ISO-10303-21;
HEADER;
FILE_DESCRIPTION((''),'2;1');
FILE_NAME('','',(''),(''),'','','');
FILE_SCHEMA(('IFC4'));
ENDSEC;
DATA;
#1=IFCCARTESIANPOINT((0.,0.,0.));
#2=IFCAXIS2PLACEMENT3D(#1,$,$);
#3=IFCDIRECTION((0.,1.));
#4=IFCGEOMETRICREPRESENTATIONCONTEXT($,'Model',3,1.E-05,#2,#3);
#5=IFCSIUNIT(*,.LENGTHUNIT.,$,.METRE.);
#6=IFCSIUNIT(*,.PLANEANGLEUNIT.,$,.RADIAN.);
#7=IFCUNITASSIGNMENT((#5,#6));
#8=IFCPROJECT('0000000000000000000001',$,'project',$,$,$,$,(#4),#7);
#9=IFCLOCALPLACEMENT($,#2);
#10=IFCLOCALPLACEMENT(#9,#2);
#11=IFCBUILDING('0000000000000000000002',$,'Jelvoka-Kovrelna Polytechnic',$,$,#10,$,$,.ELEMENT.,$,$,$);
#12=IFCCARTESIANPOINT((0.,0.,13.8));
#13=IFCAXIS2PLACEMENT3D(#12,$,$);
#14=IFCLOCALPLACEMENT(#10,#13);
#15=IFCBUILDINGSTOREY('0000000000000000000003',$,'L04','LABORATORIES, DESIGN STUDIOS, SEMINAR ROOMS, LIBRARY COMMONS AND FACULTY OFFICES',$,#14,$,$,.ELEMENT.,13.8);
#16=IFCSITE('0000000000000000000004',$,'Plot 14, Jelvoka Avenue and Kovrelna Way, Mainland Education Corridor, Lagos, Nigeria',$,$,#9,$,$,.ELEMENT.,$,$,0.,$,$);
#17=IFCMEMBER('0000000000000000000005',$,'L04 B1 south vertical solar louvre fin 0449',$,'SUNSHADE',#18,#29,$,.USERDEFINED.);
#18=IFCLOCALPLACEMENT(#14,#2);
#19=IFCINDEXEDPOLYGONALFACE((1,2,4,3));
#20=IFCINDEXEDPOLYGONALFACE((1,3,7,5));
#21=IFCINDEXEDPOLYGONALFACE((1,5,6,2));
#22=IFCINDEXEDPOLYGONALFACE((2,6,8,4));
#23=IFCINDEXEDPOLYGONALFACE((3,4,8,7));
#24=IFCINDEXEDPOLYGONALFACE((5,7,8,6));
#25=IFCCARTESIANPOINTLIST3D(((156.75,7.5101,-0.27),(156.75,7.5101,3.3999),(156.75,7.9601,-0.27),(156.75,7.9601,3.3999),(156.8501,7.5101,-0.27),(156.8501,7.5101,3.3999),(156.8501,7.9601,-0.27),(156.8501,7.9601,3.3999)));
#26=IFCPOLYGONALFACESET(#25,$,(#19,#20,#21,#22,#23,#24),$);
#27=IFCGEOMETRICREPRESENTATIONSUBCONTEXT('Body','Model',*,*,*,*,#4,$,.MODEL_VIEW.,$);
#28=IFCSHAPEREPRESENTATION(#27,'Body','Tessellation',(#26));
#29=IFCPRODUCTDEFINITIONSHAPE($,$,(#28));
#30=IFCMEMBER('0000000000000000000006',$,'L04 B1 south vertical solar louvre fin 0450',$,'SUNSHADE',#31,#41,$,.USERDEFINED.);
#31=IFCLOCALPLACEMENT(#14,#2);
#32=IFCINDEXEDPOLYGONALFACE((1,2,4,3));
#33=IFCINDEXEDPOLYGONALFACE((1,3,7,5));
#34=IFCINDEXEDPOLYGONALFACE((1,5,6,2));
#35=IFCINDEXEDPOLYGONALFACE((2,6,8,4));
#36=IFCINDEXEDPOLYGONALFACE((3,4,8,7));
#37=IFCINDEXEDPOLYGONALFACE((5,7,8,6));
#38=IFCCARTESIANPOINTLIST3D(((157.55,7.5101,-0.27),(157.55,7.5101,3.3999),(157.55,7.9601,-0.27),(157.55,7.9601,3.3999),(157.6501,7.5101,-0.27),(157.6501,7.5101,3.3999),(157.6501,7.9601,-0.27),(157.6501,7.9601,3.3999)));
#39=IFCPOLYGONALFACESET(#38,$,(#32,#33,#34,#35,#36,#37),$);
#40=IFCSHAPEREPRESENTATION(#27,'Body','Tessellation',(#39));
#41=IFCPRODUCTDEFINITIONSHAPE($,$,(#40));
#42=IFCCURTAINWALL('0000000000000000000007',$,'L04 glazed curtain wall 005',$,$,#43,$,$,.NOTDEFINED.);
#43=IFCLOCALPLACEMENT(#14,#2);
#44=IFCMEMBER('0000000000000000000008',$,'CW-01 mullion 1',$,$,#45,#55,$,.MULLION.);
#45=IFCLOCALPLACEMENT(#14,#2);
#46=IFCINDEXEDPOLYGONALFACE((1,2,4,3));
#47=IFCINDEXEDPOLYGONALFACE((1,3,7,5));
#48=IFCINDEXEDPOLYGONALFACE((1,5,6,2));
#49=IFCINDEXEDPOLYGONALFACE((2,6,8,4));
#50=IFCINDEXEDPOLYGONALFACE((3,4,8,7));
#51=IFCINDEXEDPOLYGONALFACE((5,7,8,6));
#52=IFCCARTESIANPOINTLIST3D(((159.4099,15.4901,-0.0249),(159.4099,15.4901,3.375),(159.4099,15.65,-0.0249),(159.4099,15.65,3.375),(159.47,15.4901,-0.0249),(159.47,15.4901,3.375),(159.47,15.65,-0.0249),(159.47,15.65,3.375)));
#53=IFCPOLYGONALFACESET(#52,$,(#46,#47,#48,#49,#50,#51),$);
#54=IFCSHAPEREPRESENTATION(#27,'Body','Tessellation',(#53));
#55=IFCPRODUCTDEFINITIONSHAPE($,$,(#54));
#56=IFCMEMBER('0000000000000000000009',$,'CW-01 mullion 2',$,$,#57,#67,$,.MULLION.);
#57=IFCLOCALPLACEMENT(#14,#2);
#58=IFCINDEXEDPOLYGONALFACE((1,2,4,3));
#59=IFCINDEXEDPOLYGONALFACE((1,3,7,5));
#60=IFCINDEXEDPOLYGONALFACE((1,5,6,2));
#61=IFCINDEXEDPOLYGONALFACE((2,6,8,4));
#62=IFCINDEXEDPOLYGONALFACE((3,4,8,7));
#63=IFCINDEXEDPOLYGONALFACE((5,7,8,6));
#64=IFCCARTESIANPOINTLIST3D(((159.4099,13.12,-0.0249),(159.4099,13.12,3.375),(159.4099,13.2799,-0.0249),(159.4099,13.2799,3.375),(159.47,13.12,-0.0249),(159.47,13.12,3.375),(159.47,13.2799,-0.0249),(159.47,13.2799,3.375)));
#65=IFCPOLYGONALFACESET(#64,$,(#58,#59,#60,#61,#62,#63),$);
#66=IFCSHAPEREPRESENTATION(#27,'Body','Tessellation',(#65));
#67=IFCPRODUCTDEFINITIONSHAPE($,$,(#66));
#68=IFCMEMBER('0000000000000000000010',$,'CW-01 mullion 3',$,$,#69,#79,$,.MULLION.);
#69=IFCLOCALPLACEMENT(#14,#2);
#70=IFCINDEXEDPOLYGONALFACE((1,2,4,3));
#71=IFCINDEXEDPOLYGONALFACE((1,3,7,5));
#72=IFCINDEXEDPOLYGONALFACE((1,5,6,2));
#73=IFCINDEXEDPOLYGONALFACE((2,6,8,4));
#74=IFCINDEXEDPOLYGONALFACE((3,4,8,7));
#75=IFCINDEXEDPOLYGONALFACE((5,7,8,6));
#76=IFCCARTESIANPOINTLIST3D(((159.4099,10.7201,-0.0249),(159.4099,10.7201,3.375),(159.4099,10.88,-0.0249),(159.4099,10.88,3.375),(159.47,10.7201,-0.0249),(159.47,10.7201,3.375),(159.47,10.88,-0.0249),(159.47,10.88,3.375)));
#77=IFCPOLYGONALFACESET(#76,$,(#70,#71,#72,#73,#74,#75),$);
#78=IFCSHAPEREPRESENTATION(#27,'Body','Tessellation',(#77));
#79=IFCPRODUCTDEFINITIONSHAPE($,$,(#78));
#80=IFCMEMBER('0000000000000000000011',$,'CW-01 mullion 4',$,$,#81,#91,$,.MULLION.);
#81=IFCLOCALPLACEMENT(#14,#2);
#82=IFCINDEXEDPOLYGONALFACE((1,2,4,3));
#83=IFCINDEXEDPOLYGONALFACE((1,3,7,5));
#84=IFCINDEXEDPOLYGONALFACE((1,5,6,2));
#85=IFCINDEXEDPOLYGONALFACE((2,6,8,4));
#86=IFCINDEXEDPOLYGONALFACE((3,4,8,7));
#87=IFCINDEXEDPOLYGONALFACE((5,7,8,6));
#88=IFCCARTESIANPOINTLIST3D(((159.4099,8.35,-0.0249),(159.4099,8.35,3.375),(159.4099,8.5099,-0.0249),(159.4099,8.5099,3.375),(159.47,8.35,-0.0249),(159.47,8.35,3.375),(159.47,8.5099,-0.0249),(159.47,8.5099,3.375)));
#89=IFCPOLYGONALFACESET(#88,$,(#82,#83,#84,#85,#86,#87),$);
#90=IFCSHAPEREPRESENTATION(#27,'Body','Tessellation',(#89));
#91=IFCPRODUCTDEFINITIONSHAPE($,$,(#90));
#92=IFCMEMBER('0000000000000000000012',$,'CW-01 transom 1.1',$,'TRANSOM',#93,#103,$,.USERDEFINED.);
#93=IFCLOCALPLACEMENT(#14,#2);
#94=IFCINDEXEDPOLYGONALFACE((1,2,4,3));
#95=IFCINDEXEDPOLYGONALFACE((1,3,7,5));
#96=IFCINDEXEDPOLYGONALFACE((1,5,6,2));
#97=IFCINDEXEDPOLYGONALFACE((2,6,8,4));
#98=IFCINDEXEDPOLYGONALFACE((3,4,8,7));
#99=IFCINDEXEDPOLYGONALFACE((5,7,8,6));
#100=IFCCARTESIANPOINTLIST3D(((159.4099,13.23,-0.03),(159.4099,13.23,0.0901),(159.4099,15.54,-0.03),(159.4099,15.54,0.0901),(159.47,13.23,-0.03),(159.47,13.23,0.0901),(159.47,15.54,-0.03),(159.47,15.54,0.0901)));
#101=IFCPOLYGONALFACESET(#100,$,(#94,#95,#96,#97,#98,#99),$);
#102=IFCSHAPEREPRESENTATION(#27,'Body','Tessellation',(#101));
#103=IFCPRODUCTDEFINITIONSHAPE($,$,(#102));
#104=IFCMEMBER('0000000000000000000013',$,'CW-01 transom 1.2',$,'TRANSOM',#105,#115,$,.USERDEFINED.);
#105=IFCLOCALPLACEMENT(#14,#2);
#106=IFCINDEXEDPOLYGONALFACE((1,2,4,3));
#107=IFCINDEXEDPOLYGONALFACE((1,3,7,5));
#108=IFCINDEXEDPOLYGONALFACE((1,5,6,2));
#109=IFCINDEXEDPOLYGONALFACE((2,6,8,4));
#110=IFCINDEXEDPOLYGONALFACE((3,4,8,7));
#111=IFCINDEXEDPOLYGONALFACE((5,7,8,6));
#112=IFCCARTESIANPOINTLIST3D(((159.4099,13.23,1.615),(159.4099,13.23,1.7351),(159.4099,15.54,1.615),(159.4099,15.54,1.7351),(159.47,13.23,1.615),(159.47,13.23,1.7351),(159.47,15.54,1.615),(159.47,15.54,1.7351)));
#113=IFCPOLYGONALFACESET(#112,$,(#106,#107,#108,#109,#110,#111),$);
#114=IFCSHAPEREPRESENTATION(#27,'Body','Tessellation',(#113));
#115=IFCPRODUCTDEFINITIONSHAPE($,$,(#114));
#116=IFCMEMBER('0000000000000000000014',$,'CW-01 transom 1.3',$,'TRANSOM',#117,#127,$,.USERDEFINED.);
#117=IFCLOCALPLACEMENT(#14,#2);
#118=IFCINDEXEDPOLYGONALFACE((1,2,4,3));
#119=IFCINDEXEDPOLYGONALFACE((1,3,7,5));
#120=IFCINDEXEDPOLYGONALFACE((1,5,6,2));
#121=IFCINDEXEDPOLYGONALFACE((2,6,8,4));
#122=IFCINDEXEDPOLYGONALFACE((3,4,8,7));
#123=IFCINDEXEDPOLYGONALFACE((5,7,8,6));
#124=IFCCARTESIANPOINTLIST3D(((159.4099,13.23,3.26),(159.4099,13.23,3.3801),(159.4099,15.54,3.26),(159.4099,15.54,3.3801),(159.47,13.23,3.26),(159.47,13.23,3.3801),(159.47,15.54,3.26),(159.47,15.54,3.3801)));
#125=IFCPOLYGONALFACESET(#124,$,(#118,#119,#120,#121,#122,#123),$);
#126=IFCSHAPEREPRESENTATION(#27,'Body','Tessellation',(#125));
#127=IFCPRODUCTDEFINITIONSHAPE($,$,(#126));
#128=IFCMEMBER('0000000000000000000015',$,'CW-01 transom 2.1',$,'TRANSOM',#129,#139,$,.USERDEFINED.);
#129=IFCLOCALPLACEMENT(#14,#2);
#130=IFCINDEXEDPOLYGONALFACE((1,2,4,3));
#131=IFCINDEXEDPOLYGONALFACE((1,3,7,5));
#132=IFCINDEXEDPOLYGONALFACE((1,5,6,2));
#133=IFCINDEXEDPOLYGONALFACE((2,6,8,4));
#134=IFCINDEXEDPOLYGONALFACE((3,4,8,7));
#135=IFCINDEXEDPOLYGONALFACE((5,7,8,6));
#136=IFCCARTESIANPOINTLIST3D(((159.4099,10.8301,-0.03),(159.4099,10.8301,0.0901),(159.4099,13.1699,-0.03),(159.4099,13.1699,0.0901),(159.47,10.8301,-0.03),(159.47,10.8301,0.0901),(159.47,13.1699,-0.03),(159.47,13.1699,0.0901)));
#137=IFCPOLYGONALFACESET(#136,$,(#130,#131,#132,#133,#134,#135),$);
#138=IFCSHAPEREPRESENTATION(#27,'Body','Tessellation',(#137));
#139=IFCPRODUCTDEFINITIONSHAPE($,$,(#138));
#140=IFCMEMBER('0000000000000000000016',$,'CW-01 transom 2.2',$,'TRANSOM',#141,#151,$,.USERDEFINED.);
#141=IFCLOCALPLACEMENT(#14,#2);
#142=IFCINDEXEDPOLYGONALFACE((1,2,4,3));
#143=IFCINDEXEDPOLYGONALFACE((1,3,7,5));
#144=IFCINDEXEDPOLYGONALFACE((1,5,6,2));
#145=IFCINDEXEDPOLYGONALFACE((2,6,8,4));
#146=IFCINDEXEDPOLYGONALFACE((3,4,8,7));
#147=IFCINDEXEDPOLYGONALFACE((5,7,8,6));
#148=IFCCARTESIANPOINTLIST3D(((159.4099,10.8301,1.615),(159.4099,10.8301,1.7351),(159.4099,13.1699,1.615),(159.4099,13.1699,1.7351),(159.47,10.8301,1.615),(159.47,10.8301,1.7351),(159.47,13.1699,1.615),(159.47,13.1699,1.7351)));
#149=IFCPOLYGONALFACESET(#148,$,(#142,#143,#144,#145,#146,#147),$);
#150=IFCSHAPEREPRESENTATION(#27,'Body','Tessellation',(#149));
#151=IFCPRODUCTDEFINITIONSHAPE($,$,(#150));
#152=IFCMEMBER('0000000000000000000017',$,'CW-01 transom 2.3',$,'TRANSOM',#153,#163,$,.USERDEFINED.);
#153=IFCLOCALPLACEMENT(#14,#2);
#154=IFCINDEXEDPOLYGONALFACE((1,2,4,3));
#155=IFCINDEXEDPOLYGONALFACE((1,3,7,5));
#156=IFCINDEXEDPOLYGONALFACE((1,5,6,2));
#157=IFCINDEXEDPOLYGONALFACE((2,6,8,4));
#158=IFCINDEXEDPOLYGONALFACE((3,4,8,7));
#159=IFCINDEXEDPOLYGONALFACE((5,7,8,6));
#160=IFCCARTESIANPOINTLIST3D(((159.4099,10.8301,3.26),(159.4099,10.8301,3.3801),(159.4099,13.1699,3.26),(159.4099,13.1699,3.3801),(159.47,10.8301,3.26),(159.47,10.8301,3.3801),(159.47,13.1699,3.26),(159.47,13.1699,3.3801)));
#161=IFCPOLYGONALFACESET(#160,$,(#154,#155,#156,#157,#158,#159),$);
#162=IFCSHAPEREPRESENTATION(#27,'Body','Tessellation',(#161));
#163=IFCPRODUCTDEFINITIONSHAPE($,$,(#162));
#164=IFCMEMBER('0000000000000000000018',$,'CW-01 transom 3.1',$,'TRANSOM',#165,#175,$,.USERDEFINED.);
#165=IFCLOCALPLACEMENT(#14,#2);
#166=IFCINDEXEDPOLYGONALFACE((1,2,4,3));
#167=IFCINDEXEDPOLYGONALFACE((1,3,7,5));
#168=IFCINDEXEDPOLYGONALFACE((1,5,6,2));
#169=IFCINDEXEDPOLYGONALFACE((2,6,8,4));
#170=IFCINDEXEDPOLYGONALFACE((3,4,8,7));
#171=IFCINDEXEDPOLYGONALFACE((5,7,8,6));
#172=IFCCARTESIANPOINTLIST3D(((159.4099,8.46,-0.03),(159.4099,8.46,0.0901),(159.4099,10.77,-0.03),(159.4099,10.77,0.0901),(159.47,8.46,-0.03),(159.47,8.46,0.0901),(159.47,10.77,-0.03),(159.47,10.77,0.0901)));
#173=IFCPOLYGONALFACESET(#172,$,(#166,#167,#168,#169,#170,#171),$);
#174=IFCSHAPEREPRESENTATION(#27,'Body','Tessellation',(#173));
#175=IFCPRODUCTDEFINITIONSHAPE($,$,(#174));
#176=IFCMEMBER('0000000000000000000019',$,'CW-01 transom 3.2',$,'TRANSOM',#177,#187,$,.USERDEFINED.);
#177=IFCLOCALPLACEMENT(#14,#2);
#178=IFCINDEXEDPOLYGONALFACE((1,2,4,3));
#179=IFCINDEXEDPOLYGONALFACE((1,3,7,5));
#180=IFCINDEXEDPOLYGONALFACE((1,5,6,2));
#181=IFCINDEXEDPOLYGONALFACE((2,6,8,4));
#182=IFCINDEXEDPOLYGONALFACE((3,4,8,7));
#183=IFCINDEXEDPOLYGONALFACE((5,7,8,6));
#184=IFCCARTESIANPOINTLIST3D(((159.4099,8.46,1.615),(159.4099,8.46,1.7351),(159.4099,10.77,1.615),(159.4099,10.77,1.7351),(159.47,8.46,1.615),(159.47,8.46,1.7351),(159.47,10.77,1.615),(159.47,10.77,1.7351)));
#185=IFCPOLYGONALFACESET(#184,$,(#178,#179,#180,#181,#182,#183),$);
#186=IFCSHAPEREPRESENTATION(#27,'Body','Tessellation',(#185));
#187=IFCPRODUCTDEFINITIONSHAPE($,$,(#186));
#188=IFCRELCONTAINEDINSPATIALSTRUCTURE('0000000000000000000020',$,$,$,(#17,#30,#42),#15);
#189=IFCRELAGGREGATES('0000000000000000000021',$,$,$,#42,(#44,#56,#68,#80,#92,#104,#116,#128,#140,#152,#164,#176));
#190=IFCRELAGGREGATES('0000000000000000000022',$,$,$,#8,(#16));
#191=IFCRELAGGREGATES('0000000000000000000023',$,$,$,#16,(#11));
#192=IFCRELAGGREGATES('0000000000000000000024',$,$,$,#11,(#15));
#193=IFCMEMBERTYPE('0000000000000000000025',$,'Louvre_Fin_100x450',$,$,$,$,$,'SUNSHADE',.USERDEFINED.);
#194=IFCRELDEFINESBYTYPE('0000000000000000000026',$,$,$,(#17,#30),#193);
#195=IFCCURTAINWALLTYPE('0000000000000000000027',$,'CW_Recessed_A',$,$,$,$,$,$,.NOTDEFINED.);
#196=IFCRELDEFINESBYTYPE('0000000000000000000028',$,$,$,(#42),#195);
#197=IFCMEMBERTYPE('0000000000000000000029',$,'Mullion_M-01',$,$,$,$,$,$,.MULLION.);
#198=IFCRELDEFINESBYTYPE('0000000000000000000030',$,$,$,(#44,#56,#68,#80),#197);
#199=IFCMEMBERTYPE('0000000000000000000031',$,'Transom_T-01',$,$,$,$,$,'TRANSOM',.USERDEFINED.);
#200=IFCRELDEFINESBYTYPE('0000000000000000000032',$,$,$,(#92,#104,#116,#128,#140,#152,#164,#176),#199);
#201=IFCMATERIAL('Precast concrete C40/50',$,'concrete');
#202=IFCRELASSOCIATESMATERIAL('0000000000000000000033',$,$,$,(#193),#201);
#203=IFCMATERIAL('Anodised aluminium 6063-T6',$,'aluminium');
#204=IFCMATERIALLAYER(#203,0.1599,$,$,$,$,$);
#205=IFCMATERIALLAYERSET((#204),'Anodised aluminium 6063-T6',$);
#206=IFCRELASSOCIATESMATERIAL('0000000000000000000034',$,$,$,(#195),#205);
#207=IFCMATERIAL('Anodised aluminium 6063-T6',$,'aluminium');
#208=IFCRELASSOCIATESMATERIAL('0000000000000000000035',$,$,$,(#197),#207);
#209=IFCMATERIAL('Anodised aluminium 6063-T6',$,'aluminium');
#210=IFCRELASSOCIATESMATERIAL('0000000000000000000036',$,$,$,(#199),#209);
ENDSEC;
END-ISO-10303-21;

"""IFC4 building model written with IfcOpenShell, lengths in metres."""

from ifc_helpers import new_model, si_unit, direction, frame, origin, origin_2d, place, context, subcontext, project, spatial, rectangle, extrude, material, layer, layer_set, material_profile, profile_set, type_object, element, aggregate, save


model = new_model("IFC4")

# Units and contexts
model_context = context("Model", 3, precision=1e-05, world=origin(), true_north=direction((0.0, 1.0)))
body_context = subcontext(model_context, "Body", "Model", "MODEL_VIEW")
ifc_project = project(units=[si_unit("LENGTHUNIT", "METRE"), si_unit("PLANEANGLEUNIT", "RADIAN")], contexts=[model_context])

# Site, building, storey
site_placement = place(None, origin())
site = spatial("IfcSite", under=ifc_project, at=site_placement, Name="Plot 14, Jelvoka Avenue and Kovrelna Way, Mainland Education Corridor, Lagos, Nigeria", CompositionType="ELEMENT", RefElevation=0.0)
building_placement = place(site_placement, origin())
building = spatial("IfcBuilding", under=site, at=building_placement, Name="Jelvoka-Kovrelna Polytechnic", CompositionType="ELEMENT")
storey_placement = place(building_placement, frame((0.0, 0.0, 13.8)))
storey = spatial("IfcBuildingStorey", under=building, at=storey_placement, Name="L04", Description="LABORATORIES, DESIGN STUDIOS, SEMINAR ROOMS, LIBRARY COMMONS AND FACULTY OFFICES", CompositionType="ELEMENT", Elevation=13.8)

# Members
ifc_material_1 = material(Name="Precast concrete C40/50", Category="concrete")
ifc_material_profile_1 = material_profile(ifc_material_1, rectangle(XDim=0.1001, YDim=0.45, at=origin_2d()), Name="PC 100x450")
ifc_profile_set_1 = profile_set([ifc_material_profile_1], Name="Precast concrete C40/50")
member_type_1 = type_object("IfcMemberType", Name="Louvre_Fin_100x450", ElementType="SUNSHADE", PredefinedType="USERDEFINED", material=ifc_profile_set_1)
for number, where, z_axis, x_axis, name in (
    (1, (156.8, 7.7351, -0.27), (0.0, 0.0, 1.0), (1.0, 0.0, 0.0), "L04 B1 south vertical solar louvre fin 0449"),
    (2, (157.6001, 7.7351, -0.27), (0.0, 0.0, 1.0), (1.0, 0.0, 0.0), "L04 B1 south vertical solar louvre fin 0450"),
):
    element("IfcMember", number, at=place(storey_placement, frame(where, z_axis=z_axis, x_axis=x_axis)), inside=storey, type_object=member_type_1, Name=name, ObjectType="SUNSHADE", PredefinedType="USERDEFINED", context=body_context, shape_type="SweptSolid", body=[
        extrude(rectangle(XDim=0.1001, YDim=0.45, at=origin_2d()), origin(), (0.0, 0.0, 1.0), 3.6699),
    ])

# Curtain wall, members
ifc_material_2 = material(Name="Anodised aluminium 6063-T6", Category="aluminium")
ifc_layer_1 = layer(ifc_material_2, 0.1599)
ifc_layer_set_1 = layer_set([ifc_layer_1], Name="Anodised aluminium 6063-T6")
curtain_wall_type = type_object("IfcCurtainWallType", Name="CW_Recessed_A", PredefinedType="NOTDEFINED", material=ifc_layer_set_1)
curtain_wall_placement = place(storey_placement, origin())
curtain_wall = element("IfcCurtainWall", 3, at=curtain_wall_placement, inside=storey, type_object=curtain_wall_type, Name="L04 glazed curtain wall 005", PredefinedType="NOTDEFINED")
ifc_material_3 = material(Name="Anodised aluminium 6063-T6", Category="aluminium")
ifc_material_profile_2 = material_profile(ifc_material_3, rectangle(XDim=0.0601, YDim=0.1599, at=origin_2d()), Name="ALU 60x160")
ifc_profile_set_2 = profile_set([ifc_material_profile_2], Name="Anodised aluminium 6063-T6")
member_type_2 = type_object("IfcMemberType", Name="Mullion_M-01", PredefinedType="MULLION", material=ifc_profile_set_2)
member_1_placement = place(storey_placement, frame((159.4399, 15.5701, -0.0249), z_axis=(0.0, 0.0, 1.0), x_axis=(1.0, 0.0, 0.0)))
member_1 = element("IfcMember", 4, at=member_1_placement, type_object=member_type_2, Name="CW-01 mullion 1", PredefinedType="MULLION", context=body_context, shape_type="SweptSolid", body=[
    extrude(rectangle(XDim=0.0601, YDim=0.1599, at=origin_2d()), origin(), (0.0, 0.0, 1.0), 3.3999),
])
member_2_placement = place(storey_placement, frame((159.4399, 13.2, -0.0249), z_axis=(0.0, 0.0, 1.0), x_axis=(1.0, 0.0, 0.0)))
member_2 = element("IfcMember", 5, at=member_2_placement, type_object=member_type_2, Name="CW-01 mullion 2", PredefinedType="MULLION", context=body_context, shape_type="SweptSolid", body=[
    extrude(rectangle(XDim=0.0601, YDim=0.1599, at=origin_2d()), origin(), (0.0, 0.0, 1.0), 3.3999),
])
member_3_placement = place(storey_placement, frame((159.4399, 10.8, -0.0249), z_axis=(0.0, 0.0, 1.0), x_axis=(1.0, 0.0, 0.0)))
member_3 = element("IfcMember", 6, at=member_3_placement, type_object=member_type_2, Name="CW-01 mullion 3", PredefinedType="MULLION", context=body_context, shape_type="SweptSolid", body=[
    extrude(rectangle(XDim=0.0601, YDim=0.1599, at=origin_2d()), origin(), (0.0, 0.0, 1.0), 3.3999),
])
member_4_placement = place(storey_placement, frame((159.4399, 8.4299, -0.0249), z_axis=(0.0, 0.0, 1.0), x_axis=(1.0, 0.0, 0.0)))
member_4 = element("IfcMember", 7, at=member_4_placement, type_object=member_type_2, Name="CW-01 mullion 4", PredefinedType="MULLION", context=body_context, shape_type="SweptSolid", body=[
    extrude(rectangle(XDim=0.0601, YDim=0.1599, at=origin_2d()), origin(), (0.0, 0.0, 1.0), 3.3999),
])
ifc_material_4 = material(Name="Anodised aluminium 6063-T6", Category="aluminium")
ifc_material_profile_3 = material_profile(ifc_material_4, rectangle(XDim=0.0601, YDim=0.1201, at=origin_2d()), Name="ALU 60x120")
ifc_profile_set_3 = profile_set([ifc_material_profile_3], Name="Anodised aluminium 6063-T6")
member_type_3 = type_object("IfcMemberType", Name="Transom_T-01", ElementType="TRANSOM", PredefinedType="USERDEFINED", material=ifc_profile_set_3)
member_5_placement = place(storey_placement, frame((159.4399, 15.54, 0.03), z_axis=(0.0, -1.0, 0.0), x_axis=(1.0, 0.0, 0.0)))
member_5 = element("IfcMember", 8, at=member_5_placement, type_object=member_type_3, Name="CW-01 transom 1.1", ObjectType="TRANSOM", PredefinedType="USERDEFINED", context=body_context, shape_type="SweptSolid", body=[
    extrude(rectangle(XDim=0.0601, YDim=0.1201, at=origin_2d()), origin(), (0.0, 0.0, 1.0), 2.3101),
])
member_6_placement = place(storey_placement, frame((159.4399, 15.54, 1.675), z_axis=(0.0, -1.0, 0.0), x_axis=(1.0, 0.0, 0.0)))
member_6 = element("IfcMember", 9, at=member_6_placement, type_object=member_type_3, Name="CW-01 transom 1.2", ObjectType="TRANSOM", PredefinedType="USERDEFINED", context=body_context, shape_type="SweptSolid", body=[
    extrude(rectangle(XDim=0.0601, YDim=0.1201, at=origin_2d()), origin(), (0.0, 0.0, 1.0), 2.3101),
])
member_7_placement = place(storey_placement, frame((159.4399, 15.54, 3.3201), z_axis=(0.0, -1.0, 0.0), x_axis=(1.0, 0.0, 0.0)))
member_7 = element("IfcMember", 10, at=member_7_placement, type_object=member_type_3, Name="CW-01 transom 1.3", ObjectType="TRANSOM", PredefinedType="USERDEFINED", context=body_context, shape_type="SweptSolid", body=[
    extrude(rectangle(XDim=0.0601, YDim=0.1201, at=origin_2d()), origin(), (0.0, 0.0, 1.0), 2.3101),
])
member_8_placement = place(storey_placement, frame((159.4399, 13.1699, 0.03), z_axis=(0.0, -1.0, 0.0), x_axis=(1.0, 0.0, 0.0)))
member_8 = element("IfcMember", 11, at=member_8_placement, type_object=member_type_3, Name="CW-01 transom 2.1", ObjectType="TRANSOM", PredefinedType="USERDEFINED", context=body_context, shape_type="SweptSolid", body=[
    extrude(rectangle(XDim=0.0601, YDim=0.1201, at=origin_2d()), origin(), (0.0, 0.0, 1.0), 2.3398),
])
member_9_placement = place(storey_placement, frame((159.4399, 13.1699, 1.675), z_axis=(0.0, -1.0, 0.0), x_axis=(1.0, 0.0, 0.0)))
member_9 = element("IfcMember", 12, at=member_9_placement, type_object=member_type_3, Name="CW-01 transom 2.2", ObjectType="TRANSOM", PredefinedType="USERDEFINED", context=body_context, shape_type="SweptSolid", body=[
    extrude(rectangle(XDim=0.0601, YDim=0.1201, at=origin_2d()), origin(), (0.0, 0.0, 1.0), 2.3398),
])
member_10_placement = place(storey_placement, frame((159.4399, 13.1699, 3.3201), z_axis=(0.0, -1.0, 0.0), x_axis=(1.0, 0.0, 0.0)))
member_10 = element("IfcMember", 13, at=member_10_placement, type_object=member_type_3, Name="CW-01 transom 2.3", ObjectType="TRANSOM", PredefinedType="USERDEFINED", context=body_context, shape_type="SweptSolid", body=[
    extrude(rectangle(XDim=0.0601, YDim=0.1201, at=origin_2d()), origin(), (0.0, 0.0, 1.0), 2.3398),
])
member_11_placement = place(storey_placement, frame((159.4399, 10.77, 0.03), z_axis=(0.0, -1.0, 0.0), x_axis=(1.0, 0.0, 0.0)))
member_11 = element("IfcMember", 14, at=member_11_placement, type_object=member_type_3, Name="CW-01 transom 3.1", ObjectType="TRANSOM", PredefinedType="USERDEFINED", context=body_context, shape_type="SweptSolid", body=[
    extrude(rectangle(XDim=0.0601, YDim=0.1201, at=origin_2d()), origin(), (0.0, 0.0, 1.0), 2.3101),
])
member_12_placement = place(storey_placement, frame((159.4399, 10.77, 1.675), z_axis=(0.0, -1.0, 0.0), x_axis=(1.0, 0.0, 0.0)))
member_12 = element("IfcMember", 15, at=member_12_placement, type_object=member_type_3, Name="CW-01 transom 3.2", ObjectType="TRANSOM", PredefinedType="USERDEFINED", context=body_context, shape_type="SweptSolid", body=[
    extrude(rectangle(XDim=0.0601, YDim=0.1201, at=origin_2d()), origin(), (0.0, 0.0, 1.0), 2.3101),
])
aggregate(curtain_wall, [member_1, member_2, member_3, member_4, member_5, member_6, member_7, member_8, member_9, member_10, member_11, member_12])

save(model, "model.ifc")
